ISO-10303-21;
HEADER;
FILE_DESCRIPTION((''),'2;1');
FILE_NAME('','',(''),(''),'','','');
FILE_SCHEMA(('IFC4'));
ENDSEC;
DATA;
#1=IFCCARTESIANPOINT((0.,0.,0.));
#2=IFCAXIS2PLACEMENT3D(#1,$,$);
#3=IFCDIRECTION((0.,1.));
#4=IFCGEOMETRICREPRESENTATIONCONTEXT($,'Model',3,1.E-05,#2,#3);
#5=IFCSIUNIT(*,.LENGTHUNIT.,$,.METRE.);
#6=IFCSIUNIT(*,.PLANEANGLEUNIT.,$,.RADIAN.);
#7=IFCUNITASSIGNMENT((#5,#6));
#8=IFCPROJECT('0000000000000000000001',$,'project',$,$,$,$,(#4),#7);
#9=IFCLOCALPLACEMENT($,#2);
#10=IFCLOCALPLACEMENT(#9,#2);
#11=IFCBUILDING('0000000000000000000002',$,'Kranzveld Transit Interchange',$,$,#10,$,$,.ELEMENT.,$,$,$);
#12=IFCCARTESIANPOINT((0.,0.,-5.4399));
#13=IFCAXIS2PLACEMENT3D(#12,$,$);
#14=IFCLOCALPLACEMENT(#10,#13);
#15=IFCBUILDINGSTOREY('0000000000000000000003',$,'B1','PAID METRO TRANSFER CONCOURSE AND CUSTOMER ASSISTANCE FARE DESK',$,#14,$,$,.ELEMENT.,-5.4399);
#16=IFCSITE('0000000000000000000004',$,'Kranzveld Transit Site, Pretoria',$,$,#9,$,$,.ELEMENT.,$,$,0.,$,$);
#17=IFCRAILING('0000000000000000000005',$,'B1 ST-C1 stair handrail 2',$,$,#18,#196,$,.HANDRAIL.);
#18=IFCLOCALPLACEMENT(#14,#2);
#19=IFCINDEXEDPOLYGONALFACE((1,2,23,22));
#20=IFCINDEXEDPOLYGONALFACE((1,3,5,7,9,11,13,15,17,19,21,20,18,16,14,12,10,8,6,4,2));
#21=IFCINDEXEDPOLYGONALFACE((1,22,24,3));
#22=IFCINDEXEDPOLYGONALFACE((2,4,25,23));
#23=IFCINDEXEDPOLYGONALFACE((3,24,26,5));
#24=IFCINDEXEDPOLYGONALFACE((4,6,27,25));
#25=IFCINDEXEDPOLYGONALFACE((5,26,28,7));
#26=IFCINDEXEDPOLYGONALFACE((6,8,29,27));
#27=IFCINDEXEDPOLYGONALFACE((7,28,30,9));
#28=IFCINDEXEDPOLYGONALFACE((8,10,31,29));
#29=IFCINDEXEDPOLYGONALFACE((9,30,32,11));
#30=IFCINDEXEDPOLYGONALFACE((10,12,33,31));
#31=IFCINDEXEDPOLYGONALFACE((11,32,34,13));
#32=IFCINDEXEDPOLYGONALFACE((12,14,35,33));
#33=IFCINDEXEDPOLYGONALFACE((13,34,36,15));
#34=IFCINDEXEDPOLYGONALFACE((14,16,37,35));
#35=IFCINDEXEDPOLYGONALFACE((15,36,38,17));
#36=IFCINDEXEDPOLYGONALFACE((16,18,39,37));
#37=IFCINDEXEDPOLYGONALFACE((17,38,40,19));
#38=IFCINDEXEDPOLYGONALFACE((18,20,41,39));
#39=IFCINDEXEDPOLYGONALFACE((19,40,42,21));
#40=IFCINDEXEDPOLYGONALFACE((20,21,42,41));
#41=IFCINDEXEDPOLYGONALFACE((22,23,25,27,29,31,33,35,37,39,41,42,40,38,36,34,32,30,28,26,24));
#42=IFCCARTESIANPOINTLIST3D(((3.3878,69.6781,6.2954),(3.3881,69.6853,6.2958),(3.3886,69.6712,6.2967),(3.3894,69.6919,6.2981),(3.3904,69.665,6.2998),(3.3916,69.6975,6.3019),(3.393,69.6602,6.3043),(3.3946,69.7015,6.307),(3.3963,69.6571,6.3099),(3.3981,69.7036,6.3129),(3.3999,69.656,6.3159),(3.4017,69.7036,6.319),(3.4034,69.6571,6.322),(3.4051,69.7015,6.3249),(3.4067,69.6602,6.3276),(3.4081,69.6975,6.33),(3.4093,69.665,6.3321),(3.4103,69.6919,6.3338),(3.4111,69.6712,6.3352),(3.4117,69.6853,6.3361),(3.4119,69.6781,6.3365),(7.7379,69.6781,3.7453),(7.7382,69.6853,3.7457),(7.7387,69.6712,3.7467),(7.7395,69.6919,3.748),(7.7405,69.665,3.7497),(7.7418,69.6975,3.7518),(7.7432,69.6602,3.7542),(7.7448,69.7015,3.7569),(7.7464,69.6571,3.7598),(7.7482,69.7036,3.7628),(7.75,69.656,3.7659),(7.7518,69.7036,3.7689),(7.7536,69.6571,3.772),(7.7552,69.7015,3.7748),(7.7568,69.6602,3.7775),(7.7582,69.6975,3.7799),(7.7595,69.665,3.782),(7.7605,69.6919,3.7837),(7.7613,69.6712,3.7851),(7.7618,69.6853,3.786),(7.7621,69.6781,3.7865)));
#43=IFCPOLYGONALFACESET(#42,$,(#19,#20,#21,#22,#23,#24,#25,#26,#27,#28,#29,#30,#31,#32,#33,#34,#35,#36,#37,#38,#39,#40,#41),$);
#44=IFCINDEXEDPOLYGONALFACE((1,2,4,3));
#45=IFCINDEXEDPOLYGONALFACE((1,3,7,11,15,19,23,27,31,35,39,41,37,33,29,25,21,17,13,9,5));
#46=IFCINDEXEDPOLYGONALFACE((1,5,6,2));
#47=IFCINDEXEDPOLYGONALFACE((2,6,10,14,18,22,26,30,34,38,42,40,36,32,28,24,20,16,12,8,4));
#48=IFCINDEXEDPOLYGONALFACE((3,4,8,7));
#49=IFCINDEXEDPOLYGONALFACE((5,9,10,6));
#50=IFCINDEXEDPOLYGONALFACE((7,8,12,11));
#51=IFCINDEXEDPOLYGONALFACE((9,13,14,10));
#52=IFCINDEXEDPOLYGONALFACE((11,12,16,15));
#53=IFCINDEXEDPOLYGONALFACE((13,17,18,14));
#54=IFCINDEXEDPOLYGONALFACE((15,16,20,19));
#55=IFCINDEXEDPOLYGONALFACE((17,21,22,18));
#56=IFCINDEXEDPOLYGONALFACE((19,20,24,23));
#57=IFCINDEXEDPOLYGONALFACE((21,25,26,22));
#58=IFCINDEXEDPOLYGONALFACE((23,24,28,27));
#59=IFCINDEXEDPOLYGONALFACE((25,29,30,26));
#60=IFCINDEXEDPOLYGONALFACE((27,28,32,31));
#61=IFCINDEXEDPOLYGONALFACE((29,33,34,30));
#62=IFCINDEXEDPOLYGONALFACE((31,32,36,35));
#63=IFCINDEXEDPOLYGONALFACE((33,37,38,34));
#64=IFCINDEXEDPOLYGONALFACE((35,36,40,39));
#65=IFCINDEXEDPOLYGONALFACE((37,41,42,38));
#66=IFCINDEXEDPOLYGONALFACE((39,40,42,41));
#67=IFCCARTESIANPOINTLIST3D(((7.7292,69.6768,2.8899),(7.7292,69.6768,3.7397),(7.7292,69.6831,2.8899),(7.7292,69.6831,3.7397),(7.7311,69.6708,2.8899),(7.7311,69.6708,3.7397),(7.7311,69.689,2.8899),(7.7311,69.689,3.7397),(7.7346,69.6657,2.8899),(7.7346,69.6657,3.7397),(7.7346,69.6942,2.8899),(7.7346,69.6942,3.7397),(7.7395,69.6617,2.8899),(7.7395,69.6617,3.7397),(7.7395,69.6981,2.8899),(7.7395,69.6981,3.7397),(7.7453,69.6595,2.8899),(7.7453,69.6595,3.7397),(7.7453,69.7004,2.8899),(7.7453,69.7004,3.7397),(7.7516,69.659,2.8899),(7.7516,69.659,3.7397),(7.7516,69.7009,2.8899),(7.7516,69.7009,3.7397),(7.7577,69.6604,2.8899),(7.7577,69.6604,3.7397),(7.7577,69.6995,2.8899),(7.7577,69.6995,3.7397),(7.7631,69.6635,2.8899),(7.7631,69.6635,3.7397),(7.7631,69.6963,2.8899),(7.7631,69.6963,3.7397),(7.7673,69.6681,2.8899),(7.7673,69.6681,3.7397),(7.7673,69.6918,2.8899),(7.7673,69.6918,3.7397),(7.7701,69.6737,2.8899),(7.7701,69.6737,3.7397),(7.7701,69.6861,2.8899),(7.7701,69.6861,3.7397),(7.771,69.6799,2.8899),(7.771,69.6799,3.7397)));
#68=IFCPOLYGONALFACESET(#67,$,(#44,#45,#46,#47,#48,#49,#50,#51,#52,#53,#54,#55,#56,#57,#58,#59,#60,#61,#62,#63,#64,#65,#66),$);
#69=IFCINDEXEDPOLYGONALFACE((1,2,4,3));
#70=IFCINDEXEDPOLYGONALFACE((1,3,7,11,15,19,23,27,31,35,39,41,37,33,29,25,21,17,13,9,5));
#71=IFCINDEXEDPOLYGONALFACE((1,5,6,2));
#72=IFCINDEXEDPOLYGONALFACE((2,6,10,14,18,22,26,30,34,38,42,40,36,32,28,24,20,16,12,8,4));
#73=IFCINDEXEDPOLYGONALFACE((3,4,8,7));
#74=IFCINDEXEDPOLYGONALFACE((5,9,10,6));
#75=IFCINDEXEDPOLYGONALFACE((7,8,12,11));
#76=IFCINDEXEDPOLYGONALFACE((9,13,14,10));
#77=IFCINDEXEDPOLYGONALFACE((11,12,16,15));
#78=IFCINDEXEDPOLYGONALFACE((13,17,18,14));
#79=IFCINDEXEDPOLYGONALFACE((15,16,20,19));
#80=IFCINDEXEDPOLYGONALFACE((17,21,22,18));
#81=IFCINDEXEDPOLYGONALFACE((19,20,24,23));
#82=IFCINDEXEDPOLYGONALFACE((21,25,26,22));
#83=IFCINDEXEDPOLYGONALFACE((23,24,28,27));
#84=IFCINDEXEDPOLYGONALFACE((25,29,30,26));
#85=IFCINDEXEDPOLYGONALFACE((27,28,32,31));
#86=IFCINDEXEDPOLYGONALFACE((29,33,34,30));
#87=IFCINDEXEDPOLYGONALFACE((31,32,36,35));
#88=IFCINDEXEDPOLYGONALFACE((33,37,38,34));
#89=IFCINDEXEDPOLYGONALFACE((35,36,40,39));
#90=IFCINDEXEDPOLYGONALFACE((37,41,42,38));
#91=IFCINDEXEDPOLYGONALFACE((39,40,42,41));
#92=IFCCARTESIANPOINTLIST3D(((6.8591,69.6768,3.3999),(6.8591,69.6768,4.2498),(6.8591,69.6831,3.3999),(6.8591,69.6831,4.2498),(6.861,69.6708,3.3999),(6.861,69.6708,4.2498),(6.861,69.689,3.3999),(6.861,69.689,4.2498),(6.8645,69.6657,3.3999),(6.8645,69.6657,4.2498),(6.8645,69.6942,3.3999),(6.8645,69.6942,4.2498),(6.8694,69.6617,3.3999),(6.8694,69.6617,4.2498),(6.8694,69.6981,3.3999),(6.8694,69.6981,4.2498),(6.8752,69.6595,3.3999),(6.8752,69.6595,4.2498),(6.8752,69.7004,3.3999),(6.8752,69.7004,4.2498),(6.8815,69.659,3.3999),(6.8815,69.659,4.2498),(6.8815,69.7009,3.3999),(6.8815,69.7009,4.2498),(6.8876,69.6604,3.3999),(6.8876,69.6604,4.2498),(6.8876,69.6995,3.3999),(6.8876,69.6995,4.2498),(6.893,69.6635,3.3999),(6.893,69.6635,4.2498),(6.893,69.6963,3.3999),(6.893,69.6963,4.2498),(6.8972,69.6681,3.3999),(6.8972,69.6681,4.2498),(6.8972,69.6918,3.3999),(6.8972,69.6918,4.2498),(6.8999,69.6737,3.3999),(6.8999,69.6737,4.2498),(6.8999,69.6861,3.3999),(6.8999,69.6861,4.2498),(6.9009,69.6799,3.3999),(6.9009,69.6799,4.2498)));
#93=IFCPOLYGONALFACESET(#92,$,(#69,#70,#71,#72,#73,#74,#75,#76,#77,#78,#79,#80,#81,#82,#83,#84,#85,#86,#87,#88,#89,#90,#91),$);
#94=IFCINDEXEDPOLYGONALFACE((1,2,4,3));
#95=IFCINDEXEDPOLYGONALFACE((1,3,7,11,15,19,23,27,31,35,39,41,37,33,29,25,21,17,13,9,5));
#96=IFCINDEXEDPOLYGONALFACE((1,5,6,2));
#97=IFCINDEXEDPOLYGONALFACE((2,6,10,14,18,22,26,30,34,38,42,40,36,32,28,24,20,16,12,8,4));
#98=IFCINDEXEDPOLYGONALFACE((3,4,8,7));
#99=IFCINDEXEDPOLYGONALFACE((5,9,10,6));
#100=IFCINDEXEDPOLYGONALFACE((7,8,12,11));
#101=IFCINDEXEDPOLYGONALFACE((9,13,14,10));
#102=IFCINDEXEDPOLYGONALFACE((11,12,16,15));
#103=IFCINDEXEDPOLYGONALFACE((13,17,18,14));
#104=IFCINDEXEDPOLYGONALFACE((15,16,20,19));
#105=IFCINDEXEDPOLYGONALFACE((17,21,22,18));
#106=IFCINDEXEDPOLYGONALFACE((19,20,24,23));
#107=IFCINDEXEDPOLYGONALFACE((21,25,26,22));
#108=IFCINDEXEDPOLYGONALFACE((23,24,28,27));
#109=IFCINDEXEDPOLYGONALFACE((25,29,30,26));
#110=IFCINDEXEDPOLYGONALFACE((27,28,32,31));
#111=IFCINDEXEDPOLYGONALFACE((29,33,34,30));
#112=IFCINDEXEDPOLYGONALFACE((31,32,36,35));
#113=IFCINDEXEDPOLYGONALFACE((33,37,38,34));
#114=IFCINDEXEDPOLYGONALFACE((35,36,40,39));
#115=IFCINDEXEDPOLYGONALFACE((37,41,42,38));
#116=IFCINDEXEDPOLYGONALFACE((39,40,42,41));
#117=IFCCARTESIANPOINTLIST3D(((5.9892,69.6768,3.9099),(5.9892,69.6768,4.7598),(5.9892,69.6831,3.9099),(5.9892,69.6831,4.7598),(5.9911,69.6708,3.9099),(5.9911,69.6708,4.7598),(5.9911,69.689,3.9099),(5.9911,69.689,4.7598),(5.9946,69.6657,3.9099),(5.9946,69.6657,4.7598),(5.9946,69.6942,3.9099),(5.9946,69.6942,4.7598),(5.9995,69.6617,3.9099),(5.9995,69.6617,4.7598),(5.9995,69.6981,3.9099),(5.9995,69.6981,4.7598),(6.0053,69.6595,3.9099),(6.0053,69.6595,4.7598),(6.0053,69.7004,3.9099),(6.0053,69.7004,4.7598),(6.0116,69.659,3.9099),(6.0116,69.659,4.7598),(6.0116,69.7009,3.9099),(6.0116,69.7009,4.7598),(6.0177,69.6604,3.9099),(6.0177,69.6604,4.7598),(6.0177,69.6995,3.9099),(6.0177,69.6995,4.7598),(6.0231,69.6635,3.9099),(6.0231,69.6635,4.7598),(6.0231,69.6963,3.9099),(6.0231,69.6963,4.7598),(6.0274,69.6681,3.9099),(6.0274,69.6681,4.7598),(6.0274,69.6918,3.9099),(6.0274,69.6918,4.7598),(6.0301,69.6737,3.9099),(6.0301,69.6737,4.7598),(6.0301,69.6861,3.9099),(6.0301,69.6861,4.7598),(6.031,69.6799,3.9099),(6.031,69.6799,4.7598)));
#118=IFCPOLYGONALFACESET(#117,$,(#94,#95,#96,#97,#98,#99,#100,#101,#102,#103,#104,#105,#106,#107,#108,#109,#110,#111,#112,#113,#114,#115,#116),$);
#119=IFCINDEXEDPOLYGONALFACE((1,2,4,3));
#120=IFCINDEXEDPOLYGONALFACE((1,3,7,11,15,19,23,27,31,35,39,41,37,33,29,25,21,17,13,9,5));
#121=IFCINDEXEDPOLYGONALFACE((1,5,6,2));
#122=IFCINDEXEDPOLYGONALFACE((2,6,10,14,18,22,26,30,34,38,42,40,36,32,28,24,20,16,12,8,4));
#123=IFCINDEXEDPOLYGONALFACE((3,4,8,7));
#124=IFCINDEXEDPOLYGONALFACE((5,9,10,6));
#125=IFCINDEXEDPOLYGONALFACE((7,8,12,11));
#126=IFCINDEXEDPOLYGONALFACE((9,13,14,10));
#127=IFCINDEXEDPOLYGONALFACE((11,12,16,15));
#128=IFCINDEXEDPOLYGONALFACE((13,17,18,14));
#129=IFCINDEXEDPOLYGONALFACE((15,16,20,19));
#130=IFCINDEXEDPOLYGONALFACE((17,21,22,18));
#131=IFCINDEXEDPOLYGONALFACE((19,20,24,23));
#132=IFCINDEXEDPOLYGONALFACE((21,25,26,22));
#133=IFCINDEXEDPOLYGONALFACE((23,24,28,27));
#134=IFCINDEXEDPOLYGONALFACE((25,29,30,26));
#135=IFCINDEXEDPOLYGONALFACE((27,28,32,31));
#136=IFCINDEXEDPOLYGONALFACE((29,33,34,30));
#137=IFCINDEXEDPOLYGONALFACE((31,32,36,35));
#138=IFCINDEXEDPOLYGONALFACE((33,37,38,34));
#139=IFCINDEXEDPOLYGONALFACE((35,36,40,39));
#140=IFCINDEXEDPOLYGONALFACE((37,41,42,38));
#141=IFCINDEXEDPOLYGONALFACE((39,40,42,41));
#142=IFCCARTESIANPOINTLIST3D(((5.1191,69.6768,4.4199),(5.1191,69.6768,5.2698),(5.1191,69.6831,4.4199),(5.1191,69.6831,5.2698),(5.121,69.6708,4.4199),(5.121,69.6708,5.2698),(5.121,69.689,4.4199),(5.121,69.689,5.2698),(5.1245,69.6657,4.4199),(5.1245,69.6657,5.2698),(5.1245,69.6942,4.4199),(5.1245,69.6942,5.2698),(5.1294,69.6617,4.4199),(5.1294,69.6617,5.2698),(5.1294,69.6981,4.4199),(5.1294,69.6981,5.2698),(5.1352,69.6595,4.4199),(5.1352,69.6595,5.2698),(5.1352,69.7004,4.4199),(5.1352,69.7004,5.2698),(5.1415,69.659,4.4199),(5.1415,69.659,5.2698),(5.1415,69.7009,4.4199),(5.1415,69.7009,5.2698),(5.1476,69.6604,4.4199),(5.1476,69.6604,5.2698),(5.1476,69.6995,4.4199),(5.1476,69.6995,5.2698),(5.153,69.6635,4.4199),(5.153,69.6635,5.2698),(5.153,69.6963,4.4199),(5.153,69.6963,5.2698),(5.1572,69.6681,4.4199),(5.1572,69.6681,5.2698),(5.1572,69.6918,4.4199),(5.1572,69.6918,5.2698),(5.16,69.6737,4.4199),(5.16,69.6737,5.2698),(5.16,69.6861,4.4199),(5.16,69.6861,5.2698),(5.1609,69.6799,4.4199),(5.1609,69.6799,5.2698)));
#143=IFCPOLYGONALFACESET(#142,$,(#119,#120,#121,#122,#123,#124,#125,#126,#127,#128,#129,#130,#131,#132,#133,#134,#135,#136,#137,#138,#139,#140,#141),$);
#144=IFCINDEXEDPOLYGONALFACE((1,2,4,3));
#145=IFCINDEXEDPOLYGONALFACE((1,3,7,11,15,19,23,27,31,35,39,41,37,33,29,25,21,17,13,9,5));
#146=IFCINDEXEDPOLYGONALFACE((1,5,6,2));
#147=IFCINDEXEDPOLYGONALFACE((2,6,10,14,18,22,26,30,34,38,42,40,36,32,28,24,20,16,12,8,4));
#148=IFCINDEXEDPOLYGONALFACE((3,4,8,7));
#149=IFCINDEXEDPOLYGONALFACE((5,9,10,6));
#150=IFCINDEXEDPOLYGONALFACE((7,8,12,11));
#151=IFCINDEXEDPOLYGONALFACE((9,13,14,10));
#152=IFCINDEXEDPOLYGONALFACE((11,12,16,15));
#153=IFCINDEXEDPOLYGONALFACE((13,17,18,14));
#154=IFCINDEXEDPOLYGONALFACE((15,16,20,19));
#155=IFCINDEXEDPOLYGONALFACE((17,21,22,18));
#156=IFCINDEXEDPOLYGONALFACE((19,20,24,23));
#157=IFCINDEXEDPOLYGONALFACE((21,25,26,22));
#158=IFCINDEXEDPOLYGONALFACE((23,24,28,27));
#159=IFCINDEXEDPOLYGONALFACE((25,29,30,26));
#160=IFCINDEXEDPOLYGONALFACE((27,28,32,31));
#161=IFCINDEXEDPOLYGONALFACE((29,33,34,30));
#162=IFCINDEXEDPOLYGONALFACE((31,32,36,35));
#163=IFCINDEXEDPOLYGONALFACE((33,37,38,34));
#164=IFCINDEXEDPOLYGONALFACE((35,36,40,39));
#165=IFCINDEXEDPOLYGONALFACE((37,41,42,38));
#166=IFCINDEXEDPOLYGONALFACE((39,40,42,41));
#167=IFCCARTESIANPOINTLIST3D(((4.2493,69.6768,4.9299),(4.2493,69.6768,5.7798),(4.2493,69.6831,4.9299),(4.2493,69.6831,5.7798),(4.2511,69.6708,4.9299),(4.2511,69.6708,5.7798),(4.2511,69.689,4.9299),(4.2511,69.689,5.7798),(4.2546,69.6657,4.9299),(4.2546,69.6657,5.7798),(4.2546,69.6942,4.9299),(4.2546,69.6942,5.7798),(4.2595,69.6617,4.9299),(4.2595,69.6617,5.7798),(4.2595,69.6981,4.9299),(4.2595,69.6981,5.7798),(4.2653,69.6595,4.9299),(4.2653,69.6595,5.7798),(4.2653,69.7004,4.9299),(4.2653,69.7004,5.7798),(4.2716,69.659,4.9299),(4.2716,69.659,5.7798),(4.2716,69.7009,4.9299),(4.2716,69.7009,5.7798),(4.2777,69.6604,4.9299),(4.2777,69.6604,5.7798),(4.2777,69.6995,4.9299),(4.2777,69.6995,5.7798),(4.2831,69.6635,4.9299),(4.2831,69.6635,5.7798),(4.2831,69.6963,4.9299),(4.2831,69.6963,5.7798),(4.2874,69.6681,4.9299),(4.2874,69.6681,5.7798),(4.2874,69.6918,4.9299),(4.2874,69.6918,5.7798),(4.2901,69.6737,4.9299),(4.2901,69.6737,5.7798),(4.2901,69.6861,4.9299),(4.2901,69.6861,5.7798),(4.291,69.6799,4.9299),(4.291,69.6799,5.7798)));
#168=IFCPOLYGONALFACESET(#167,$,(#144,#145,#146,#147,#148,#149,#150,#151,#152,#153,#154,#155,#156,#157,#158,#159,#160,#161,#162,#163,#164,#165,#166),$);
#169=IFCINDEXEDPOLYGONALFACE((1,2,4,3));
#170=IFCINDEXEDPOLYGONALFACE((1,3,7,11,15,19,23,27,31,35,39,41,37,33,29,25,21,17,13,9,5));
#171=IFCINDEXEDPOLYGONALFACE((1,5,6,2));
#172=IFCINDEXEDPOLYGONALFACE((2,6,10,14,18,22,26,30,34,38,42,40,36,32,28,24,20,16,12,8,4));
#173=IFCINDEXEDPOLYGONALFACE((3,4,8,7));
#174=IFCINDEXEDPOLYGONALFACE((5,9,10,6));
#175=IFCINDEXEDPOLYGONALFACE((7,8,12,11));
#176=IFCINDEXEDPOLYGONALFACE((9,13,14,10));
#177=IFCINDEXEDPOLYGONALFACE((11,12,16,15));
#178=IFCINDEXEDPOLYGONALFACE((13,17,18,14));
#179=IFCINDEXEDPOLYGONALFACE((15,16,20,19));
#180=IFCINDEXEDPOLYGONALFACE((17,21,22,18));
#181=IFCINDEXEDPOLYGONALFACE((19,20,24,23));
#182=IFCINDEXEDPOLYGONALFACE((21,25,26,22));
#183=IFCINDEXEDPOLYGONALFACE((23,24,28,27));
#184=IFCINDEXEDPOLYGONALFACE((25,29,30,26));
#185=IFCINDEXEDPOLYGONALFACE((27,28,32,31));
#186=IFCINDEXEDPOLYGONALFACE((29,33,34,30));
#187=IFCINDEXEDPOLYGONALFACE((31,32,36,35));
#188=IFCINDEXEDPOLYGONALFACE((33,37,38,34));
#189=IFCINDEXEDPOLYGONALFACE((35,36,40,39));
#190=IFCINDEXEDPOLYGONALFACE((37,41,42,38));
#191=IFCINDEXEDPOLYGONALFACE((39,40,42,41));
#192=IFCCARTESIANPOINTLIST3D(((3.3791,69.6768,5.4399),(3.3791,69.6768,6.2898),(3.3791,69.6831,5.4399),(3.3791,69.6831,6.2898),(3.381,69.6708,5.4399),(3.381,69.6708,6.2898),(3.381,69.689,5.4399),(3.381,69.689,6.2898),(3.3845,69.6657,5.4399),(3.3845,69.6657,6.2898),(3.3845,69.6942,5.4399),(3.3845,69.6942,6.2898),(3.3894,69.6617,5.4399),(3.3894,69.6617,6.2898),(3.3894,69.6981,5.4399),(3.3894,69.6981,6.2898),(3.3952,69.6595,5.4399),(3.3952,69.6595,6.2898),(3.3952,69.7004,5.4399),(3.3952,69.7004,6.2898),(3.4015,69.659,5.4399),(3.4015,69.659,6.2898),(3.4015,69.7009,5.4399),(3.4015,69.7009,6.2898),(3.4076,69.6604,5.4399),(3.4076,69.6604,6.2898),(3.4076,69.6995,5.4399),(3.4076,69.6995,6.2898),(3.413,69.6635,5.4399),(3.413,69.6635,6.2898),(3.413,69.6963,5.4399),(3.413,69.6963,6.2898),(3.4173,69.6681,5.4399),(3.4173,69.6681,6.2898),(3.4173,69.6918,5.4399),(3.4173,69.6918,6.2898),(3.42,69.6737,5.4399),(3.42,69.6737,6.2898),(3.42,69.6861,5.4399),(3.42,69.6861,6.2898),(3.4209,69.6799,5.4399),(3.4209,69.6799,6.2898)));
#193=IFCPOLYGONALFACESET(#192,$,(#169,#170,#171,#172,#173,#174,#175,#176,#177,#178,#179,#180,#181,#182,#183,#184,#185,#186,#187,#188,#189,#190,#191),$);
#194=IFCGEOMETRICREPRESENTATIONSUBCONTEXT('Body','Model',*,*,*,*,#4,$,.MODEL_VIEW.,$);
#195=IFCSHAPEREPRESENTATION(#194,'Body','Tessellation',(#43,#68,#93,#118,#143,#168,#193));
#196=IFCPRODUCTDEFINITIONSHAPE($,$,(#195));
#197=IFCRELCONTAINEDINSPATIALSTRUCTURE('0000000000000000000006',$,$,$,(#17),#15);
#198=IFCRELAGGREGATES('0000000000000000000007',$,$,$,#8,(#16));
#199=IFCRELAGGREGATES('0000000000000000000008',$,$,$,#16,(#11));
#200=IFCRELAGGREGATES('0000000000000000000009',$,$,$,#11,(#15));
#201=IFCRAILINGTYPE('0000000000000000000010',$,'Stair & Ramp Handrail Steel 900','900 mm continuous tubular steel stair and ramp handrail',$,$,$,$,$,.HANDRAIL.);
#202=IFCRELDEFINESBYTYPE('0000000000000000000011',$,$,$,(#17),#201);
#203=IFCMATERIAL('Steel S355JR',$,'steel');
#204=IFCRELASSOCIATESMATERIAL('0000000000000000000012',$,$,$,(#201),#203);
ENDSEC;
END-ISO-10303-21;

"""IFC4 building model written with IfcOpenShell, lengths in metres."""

from ifc_helpers import new_model, si_unit, direction, frame, origin, origin_2d, place, context, subcontext, project, spatial, circle, extrude, material, type_object, element, save


model = new_model("IFC4")

# Units and contexts
model_context = context("Model", 3, precision=1e-05, world=origin(), true_north=direction((0.0, 1.0)))
body_context = subcontext(model_context, "Body", "Model", "MODEL_VIEW")
ifc_project = project(units=[si_unit("LENGTHUNIT", "METRE"), si_unit("PLANEANGLEUNIT", "RADIAN")], contexts=[model_context])

# Site, building, storey
site_placement = place(None, origin())
site = spatial("IfcSite", under=ifc_project, at=site_placement, Name="Kranzveld Transit Site, Pretoria", CompositionType="ELEMENT", RefElevation=0.0)
building_placement = place(site_placement, origin())
building = spatial("IfcBuilding", under=site, at=building_placement, Name="Kranzveld Transit Interchange", CompositionType="ELEMENT")
storey_placement = place(building_placement, frame((0.0, 0.0, -5.4399)))
storey = spatial("IfcBuildingStorey", under=building, at=storey_placement, Name="B1", Description="PAID METRO TRANSFER CONCOURSE AND CUSTOMER ASSISTANCE FARE DESK", CompositionType="ELEMENT", Elevation=-5.4399)

# Railing
ifc_material_1 = material(Name="Steel S355JR", Category="steel")
railing_type_1 = type_object("IfcRailingType", Name="Stair & Ramp Handrail Steel 900", Description="900 mm continuous tubular steel stair and ramp handrail", PredefinedType="HANDRAIL", material=ifc_material_1)
railing_1_placement = place(storey_placement, frame((7.75, 69.6799, 2.8899)))
element("IfcRailing", 1, at=railing_1_placement, inside=storey, type_object=railing_type_1, Name="B1 ST-C1 stair handrail 2", PredefinedType="HANDRAIL", context=body_context, shape_type="SweptSolid", body=[
    extrude(circle(Radius=0.0239, at=origin_2d()), frame((0.0, 0.0, 0.876), z_axis=(-0.862699, 0.0, 0.505718), x_axis=(0.0, -1.0, 0.0)), (0.0, 0.0, 1.0), 5.0425),
    extrude(circle(Radius=0.021, at=origin_2d()), origin(), (0.0, 0.0, 1.0), 0.8499),
    extrude(circle(Radius=0.021, at=origin_2d()), frame((-0.8701, 0.0, 0.51)), (0.0, 0.0, 1.0), 0.8499),
    extrude(circle(Radius=0.021, at=origin_2d()), frame((-1.74, 0.0, 1.02)), (0.0, 0.0, 1.0), 0.8499),
    extrude(circle(Radius=0.021, at=origin_2d()), frame((-2.6101, 0.0, 1.53)), (0.0, 0.0, 1.0), 0.8499),
    extrude(circle(Radius=0.021, at=origin_2d()), frame((-3.48, 0.0, 2.04)), (0.0, 0.0, 1.0), 0.8499),
    extrude(circle(Radius=0.021, at=origin_2d()), frame((-4.3501, 0.0, 2.55)), (0.0, 0.0, 1.0), 0.8499),
])

save(model, "model.ifc")
